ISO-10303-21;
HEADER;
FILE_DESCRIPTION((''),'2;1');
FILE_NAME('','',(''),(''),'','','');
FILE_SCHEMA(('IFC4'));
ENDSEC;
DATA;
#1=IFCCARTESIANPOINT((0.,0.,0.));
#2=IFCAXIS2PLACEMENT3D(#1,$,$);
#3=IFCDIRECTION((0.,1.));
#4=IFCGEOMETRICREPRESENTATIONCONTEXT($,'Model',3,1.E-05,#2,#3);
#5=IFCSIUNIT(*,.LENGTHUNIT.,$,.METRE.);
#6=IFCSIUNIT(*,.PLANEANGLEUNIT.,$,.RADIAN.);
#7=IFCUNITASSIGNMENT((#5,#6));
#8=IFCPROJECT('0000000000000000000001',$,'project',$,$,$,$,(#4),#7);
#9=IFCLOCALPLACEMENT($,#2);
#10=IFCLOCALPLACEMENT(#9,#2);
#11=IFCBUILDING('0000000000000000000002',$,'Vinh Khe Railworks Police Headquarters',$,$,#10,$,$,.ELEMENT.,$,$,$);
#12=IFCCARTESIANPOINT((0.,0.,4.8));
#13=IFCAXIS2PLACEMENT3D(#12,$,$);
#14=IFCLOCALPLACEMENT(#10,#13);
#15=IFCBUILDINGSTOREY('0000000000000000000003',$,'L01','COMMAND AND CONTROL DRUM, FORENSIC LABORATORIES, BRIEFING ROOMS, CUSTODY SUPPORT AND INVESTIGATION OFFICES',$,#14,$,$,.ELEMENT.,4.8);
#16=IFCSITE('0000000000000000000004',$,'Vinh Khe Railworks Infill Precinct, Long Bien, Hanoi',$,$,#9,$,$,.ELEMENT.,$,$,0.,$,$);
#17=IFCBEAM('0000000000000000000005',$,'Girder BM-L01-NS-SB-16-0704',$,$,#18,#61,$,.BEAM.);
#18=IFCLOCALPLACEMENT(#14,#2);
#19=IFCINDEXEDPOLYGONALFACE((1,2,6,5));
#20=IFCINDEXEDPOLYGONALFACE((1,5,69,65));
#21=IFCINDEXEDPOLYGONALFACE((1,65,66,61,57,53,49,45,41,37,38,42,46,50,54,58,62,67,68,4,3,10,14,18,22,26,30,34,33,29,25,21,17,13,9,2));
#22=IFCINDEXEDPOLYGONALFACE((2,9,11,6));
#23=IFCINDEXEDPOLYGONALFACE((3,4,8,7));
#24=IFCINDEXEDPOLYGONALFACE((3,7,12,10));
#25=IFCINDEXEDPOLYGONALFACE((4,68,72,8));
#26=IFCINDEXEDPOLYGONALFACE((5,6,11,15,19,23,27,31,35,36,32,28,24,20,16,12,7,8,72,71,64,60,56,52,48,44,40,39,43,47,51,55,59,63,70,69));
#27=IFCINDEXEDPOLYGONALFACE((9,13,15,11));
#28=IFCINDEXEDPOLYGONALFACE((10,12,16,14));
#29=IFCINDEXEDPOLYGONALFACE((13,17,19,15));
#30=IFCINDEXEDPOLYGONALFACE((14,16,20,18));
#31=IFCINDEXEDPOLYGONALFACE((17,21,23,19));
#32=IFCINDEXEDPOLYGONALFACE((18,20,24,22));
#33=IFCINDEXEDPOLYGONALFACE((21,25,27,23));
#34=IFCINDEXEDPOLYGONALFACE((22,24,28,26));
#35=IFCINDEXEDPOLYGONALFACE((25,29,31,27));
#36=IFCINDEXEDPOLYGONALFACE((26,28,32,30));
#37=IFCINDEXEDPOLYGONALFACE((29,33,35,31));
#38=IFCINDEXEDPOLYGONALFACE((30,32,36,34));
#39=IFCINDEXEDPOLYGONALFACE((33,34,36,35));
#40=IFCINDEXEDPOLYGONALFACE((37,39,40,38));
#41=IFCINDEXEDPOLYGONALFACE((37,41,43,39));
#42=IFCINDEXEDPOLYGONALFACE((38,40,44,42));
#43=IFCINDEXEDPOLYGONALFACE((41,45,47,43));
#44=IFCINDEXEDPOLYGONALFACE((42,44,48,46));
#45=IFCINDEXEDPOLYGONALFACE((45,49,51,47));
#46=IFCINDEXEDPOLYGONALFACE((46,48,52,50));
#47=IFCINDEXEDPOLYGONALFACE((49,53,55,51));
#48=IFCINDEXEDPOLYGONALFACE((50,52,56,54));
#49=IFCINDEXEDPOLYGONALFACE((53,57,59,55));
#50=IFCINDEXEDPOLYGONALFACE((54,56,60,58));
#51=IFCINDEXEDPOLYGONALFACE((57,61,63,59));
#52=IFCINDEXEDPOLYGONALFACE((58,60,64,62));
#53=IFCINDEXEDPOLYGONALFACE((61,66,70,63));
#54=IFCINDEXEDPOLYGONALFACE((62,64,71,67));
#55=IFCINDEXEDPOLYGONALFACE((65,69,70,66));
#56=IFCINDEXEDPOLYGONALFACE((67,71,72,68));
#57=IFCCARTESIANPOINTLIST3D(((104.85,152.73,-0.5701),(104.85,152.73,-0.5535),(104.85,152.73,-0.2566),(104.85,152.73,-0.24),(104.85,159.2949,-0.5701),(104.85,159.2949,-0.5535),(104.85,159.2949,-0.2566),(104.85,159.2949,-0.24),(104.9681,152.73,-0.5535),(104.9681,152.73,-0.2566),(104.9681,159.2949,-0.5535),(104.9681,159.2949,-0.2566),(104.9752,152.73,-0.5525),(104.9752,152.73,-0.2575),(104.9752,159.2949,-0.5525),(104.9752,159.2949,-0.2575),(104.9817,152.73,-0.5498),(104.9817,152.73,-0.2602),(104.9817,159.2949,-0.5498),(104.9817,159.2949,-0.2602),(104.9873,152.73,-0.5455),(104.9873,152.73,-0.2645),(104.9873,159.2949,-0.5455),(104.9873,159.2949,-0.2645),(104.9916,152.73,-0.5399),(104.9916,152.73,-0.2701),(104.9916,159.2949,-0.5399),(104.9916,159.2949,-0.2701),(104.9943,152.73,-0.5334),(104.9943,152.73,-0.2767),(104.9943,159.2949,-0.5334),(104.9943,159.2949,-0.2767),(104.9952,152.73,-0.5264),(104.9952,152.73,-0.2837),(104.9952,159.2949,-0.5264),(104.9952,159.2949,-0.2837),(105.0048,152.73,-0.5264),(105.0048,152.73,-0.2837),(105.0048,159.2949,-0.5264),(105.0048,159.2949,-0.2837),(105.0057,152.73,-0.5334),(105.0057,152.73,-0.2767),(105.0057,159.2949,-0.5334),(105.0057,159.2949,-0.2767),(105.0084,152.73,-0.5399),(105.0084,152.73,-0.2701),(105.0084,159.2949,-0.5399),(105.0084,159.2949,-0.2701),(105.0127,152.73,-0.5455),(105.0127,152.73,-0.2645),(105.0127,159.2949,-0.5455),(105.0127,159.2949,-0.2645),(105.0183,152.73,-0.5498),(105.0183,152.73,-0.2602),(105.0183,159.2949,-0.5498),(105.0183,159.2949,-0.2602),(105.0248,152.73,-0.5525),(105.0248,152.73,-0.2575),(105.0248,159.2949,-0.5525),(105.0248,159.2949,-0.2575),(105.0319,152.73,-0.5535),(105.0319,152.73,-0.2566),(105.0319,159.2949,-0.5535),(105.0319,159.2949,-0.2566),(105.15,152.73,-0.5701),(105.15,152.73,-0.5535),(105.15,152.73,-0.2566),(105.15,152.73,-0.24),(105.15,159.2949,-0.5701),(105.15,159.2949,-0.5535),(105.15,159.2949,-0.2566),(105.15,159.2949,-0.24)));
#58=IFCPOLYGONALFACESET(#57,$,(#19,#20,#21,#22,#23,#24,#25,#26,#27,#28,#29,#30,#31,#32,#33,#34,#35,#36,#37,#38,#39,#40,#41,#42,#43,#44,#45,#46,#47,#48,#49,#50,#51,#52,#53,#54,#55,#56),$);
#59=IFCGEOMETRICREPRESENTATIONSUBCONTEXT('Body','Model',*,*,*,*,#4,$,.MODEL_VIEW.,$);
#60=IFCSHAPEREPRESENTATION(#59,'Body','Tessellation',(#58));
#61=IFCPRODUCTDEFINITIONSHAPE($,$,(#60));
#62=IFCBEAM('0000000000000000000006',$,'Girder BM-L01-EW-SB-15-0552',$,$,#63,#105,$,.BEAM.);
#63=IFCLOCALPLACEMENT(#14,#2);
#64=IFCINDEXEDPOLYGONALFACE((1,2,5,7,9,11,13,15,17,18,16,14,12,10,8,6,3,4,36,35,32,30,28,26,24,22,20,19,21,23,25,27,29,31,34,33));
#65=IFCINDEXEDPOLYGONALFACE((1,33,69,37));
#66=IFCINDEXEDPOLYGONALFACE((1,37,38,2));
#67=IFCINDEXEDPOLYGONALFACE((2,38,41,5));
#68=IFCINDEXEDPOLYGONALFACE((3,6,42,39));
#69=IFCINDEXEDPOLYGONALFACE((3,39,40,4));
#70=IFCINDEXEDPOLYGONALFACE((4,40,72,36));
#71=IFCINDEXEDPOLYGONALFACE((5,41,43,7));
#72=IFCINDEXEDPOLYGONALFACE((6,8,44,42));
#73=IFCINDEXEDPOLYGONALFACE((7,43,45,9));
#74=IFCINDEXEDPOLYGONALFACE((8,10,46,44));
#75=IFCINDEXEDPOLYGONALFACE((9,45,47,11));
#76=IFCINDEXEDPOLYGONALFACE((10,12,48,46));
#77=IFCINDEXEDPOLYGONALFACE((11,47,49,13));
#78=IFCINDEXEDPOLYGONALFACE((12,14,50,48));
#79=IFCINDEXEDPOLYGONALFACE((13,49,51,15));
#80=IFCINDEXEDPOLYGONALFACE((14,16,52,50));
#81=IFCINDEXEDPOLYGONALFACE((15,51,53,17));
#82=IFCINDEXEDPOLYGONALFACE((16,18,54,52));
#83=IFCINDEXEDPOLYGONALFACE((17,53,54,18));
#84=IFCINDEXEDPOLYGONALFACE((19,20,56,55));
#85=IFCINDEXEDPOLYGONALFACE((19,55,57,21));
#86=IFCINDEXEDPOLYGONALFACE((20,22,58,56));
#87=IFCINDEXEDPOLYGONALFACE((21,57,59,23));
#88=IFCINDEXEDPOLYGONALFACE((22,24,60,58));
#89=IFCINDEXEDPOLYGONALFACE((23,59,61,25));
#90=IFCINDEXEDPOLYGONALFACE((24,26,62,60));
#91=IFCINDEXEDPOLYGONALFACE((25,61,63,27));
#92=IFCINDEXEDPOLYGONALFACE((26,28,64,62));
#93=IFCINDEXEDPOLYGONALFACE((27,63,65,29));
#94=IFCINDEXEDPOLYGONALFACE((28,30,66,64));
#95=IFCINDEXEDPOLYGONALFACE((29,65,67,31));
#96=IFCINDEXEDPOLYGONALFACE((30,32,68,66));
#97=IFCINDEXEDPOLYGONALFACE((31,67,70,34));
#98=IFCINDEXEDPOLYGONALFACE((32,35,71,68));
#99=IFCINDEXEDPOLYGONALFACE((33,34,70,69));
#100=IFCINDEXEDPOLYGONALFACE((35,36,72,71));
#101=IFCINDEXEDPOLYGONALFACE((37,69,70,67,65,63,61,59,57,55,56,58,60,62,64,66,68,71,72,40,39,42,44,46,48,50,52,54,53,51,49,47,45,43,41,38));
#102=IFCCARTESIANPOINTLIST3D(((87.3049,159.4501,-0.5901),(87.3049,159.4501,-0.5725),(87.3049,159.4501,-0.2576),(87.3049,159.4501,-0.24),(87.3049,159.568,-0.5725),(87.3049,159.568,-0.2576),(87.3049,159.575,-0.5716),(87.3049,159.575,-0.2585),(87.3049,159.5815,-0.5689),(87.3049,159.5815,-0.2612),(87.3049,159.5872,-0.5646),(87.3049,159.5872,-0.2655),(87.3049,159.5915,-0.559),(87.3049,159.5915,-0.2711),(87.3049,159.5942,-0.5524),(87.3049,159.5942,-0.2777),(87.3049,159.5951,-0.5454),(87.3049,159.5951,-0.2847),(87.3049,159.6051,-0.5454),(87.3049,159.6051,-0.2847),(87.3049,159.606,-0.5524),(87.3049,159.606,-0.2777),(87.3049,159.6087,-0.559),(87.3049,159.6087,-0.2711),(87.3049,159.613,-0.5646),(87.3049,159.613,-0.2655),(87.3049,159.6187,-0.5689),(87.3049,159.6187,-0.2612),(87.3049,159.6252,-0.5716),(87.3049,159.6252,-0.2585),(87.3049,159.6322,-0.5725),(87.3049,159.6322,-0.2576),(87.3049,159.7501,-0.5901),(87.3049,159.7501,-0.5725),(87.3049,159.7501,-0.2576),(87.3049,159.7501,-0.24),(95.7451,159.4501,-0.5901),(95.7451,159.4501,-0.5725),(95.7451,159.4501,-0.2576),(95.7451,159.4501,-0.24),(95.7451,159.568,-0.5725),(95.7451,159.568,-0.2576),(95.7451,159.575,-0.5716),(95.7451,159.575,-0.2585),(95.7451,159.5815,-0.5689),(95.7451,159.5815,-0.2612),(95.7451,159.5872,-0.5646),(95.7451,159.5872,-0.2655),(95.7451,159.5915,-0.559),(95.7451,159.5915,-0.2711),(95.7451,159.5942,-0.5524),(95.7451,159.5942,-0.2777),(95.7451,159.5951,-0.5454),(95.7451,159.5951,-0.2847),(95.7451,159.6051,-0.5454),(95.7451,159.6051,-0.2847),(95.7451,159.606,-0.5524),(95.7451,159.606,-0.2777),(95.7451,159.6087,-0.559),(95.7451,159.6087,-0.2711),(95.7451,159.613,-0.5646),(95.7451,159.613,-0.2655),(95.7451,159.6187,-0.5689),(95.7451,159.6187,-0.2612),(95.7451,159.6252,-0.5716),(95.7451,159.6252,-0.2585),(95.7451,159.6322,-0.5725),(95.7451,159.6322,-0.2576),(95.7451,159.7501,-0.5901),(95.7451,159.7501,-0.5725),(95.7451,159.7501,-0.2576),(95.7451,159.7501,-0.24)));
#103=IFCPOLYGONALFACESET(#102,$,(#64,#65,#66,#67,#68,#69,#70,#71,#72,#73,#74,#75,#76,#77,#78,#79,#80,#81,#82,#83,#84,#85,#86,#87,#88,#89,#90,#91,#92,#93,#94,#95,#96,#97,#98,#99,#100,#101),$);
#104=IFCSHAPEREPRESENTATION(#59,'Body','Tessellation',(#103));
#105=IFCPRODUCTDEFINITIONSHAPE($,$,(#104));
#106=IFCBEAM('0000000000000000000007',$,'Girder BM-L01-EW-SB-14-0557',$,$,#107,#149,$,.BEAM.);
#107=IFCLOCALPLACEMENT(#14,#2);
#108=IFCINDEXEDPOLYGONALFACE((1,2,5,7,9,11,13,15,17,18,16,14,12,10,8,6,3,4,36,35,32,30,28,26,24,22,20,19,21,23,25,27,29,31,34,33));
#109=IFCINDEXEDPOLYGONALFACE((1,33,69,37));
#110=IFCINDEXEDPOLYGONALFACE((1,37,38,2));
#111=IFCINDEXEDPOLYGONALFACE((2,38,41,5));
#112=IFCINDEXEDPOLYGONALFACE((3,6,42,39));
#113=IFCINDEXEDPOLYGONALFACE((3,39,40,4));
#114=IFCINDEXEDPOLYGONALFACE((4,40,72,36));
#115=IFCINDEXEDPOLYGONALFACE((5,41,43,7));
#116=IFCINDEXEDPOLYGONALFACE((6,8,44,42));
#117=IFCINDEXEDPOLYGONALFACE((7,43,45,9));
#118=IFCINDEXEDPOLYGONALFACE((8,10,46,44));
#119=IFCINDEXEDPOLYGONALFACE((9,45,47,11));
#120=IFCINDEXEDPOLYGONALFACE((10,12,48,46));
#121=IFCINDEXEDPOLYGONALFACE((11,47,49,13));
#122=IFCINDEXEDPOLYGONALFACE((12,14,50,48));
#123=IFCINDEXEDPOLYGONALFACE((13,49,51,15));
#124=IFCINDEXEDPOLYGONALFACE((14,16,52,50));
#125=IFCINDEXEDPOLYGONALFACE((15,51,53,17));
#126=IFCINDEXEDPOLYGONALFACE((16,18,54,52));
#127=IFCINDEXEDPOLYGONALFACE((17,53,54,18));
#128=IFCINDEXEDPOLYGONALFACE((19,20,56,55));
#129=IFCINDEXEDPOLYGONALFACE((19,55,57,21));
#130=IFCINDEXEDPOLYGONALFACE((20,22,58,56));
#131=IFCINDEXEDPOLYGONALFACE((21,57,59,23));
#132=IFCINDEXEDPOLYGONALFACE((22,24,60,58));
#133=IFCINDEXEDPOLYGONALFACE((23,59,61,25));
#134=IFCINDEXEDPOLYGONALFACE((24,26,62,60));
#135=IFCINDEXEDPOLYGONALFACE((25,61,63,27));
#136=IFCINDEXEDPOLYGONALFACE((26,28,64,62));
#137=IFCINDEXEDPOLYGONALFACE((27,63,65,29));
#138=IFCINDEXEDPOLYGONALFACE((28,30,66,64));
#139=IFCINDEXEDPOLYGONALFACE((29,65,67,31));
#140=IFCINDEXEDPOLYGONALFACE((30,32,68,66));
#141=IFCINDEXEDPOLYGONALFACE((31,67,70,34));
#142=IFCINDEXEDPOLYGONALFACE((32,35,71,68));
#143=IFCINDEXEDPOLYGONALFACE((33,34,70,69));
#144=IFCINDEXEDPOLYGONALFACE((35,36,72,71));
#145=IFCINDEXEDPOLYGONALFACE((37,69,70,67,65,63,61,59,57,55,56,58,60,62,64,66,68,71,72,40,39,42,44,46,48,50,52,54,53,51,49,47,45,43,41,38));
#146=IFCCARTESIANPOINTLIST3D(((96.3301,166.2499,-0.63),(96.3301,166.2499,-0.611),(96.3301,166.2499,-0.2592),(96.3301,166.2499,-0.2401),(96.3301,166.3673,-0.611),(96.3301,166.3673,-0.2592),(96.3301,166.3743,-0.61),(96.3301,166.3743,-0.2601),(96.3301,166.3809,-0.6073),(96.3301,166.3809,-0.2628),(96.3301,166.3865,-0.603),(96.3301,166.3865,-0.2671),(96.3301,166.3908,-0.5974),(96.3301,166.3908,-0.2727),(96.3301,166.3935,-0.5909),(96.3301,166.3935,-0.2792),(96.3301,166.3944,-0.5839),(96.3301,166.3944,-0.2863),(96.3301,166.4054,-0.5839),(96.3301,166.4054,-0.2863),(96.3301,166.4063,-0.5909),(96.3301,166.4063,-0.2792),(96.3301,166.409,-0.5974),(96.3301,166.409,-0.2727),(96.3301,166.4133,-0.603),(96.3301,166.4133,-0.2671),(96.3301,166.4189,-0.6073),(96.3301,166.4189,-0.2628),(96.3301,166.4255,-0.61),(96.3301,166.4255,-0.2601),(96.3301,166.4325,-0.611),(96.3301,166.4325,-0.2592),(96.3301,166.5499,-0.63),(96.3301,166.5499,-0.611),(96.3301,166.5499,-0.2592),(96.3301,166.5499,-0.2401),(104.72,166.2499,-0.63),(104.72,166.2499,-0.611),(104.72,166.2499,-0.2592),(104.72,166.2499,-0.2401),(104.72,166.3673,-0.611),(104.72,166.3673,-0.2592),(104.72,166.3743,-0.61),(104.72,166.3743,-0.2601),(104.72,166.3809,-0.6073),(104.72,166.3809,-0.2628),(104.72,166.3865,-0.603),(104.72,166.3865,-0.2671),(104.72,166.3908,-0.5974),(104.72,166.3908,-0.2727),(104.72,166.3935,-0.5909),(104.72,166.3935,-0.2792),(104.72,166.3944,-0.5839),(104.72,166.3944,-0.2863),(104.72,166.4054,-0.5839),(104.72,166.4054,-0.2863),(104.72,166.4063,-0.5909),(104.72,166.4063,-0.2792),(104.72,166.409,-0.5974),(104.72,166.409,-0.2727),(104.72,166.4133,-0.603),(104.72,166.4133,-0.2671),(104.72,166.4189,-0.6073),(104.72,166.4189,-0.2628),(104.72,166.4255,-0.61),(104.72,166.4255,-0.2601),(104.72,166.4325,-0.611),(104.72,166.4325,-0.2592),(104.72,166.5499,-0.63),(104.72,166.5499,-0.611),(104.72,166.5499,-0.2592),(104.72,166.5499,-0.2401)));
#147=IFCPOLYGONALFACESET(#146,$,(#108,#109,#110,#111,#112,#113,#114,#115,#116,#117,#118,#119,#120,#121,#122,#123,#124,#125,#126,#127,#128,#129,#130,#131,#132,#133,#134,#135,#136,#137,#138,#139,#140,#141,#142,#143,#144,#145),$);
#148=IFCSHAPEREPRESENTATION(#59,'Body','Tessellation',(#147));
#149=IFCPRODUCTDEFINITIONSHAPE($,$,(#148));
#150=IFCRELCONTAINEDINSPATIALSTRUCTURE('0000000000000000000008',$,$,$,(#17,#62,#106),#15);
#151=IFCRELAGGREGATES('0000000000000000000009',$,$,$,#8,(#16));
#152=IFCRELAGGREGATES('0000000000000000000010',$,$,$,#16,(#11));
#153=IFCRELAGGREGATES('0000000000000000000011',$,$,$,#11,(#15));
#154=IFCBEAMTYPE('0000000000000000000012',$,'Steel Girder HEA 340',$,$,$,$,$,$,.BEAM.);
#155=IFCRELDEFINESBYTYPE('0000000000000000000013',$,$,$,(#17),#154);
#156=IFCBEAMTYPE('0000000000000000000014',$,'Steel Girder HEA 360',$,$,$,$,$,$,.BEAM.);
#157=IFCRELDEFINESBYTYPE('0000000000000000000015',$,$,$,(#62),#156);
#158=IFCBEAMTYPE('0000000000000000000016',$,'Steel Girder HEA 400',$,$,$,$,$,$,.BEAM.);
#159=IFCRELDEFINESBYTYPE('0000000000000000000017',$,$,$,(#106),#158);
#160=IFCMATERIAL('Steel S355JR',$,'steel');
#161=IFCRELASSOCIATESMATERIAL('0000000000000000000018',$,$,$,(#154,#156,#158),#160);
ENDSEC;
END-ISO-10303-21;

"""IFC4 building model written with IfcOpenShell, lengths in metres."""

from ifc_helpers import new_model, si_unit, direction, frame, origin, origin_2d, place, context, subcontext, project, spatial, i_section, extrude, material, material_profile, profile_set, type_object, element, save


model = new_model("IFC4")

# Units and contexts
model_context = context("Model", 3, precision=1e-05, world=origin(), true_north=direction((0.0, 1.0)))
body_context = subcontext(model_context, "Body", "Model", "MODEL_VIEW")
ifc_project = project(units=[si_unit("LENGTHUNIT", "METRE"), si_unit("PLANEANGLEUNIT", "RADIAN")], contexts=[model_context])

# Site, building, storey
site_placement = place(None, origin())
site = spatial("IfcSite", under=ifc_project, at=site_placement, Name="Vinh Khe Railworks Infill Precinct, Long Bien, Hanoi", CompositionType="ELEMENT", RefElevation=0.0)
building_placement = place(site_placement, origin())
building = spatial("IfcBuilding", under=site, at=building_placement, Name="Vinh Khe Railworks Police Headquarters", CompositionType="ELEMENT")
storey_placement = place(building_placement, frame((0.0, 0.0, 4.8)))
storey = spatial("IfcBuildingStorey", under=building, at=storey_placement, Name="L01", Description="COMMAND AND CONTROL DRUM, FORENSIC LABORATORIES, BRIEFING ROOMS, CUSTODY SUPPORT AND INVESTIGATION OFFICES", CompositionType="ELEMENT", Elevation=4.8)

# Beams
ifc_material_1 = material(Name="Steel S355JR", Category="steel")
ifc_material_profile_1 = material_profile(ifc_material_1, i_section(OverallWidth=0.3, OverallDepth=0.3301, WebThickness=0.0095, FlangeThickness=0.0166, FilletRadius=0.0271, at=origin_2d()), Name="HEA 340")
ifc_profile_set_1 = profile_set([ifc_material_profile_1], Name="Steel S355JR")
beam_type_1 = type_object("IfcBeamType", Name="Steel Girder HEA 340", PredefinedType="BEAM", material=ifc_profile_set_1)
beam_1_placement = place(storey_placement, frame((105.0, 152.73, -0.405), z_axis=(0.0, 1.0, 0.0), x_axis=(-1.0, 0.0, 0.0)))
element("IfcBeam", 1, at=beam_1_placement, inside=storey, type_object=beam_type_1, Name="Girder BM-L01-NS-SB-16-0704", PredefinedType="BEAM", context=body_context, shape_type="SweptSolid", body=[
    extrude(i_section(OverallWidth=0.3, OverallDepth=0.3301, WebThickness=0.0095, FlangeThickness=0.0166, FilletRadius=0.0271, at=origin_2d()), origin(), (0.0, 0.0, 1.0), 6.5649),
])
ifc_material_profile_2 = material_profile(ifc_material_1, i_section(OverallWidth=0.3, OverallDepth=0.3501, WebThickness=0.01, FlangeThickness=0.0176, FilletRadius=0.0271, at=origin_2d()), Name="HEA 360")
ifc_profile_set_2 = profile_set([ifc_material_profile_2], Name="Steel S355JR")
beam_type_2 = type_object("IfcBeamType", Name="Steel Girder HEA 360", PredefinedType="BEAM", material=ifc_profile_set_2)
beam_2_placement = place(storey_placement, frame((87.3049, 159.6001, -0.415), z_axis=(1.0, 0.0, 0.0), x_axis=(0.0, 1.0, 0.0)))
element("IfcBeam", 2, at=beam_2_placement, inside=storey, type_object=beam_type_2, Name="Girder BM-L01-EW-SB-15-0552", PredefinedType="BEAM", context=body_context, shape_type="SweptSolid", body=[
    extrude(i_section(OverallWidth=0.3, OverallDepth=0.3501, WebThickness=0.01, FlangeThickness=0.0176, FilletRadius=0.0271, at=origin_2d()), origin(), (0.0, 0.0, 1.0), 8.4402),
])
ifc_material_profile_3 = material_profile(ifc_material_1, i_section(OverallWidth=0.3, OverallDepth=0.3899, WebThickness=0.011, FlangeThickness=0.019, FilletRadius=0.0271, at=origin_2d()), Name="HEA 400")
ifc_profile_set_3 = profile_set([ifc_material_profile_3], Name="Steel S355JR")
beam_type_3 = type_object("IfcBeamType", Name="Steel Girder HEA 400", PredefinedType="BEAM", material=ifc_profile_set_3)
beam_3_placement = place(storey_placement, frame((96.3301, 166.3999, -0.4351), z_axis=(1.0, 0.0, 0.0), x_axis=(0.0, 1.0, 0.0)))
element("IfcBeam", 3, at=beam_3_placement, inside=storey, type_object=beam_type_3, Name="Girder BM-L01-EW-SB-14-0557", PredefinedType="BEAM", context=body_context, shape_type="SweptSolid", body=[
    extrude(i_section(OverallWidth=0.3, OverallDepth=0.3899, WebThickness=0.011, FlangeThickness=0.019, FilletRadius=0.0271, at=origin_2d()), origin(), (0.0, 0.0, 1.0), 8.3899),
])

save(model, "model.ifc")
